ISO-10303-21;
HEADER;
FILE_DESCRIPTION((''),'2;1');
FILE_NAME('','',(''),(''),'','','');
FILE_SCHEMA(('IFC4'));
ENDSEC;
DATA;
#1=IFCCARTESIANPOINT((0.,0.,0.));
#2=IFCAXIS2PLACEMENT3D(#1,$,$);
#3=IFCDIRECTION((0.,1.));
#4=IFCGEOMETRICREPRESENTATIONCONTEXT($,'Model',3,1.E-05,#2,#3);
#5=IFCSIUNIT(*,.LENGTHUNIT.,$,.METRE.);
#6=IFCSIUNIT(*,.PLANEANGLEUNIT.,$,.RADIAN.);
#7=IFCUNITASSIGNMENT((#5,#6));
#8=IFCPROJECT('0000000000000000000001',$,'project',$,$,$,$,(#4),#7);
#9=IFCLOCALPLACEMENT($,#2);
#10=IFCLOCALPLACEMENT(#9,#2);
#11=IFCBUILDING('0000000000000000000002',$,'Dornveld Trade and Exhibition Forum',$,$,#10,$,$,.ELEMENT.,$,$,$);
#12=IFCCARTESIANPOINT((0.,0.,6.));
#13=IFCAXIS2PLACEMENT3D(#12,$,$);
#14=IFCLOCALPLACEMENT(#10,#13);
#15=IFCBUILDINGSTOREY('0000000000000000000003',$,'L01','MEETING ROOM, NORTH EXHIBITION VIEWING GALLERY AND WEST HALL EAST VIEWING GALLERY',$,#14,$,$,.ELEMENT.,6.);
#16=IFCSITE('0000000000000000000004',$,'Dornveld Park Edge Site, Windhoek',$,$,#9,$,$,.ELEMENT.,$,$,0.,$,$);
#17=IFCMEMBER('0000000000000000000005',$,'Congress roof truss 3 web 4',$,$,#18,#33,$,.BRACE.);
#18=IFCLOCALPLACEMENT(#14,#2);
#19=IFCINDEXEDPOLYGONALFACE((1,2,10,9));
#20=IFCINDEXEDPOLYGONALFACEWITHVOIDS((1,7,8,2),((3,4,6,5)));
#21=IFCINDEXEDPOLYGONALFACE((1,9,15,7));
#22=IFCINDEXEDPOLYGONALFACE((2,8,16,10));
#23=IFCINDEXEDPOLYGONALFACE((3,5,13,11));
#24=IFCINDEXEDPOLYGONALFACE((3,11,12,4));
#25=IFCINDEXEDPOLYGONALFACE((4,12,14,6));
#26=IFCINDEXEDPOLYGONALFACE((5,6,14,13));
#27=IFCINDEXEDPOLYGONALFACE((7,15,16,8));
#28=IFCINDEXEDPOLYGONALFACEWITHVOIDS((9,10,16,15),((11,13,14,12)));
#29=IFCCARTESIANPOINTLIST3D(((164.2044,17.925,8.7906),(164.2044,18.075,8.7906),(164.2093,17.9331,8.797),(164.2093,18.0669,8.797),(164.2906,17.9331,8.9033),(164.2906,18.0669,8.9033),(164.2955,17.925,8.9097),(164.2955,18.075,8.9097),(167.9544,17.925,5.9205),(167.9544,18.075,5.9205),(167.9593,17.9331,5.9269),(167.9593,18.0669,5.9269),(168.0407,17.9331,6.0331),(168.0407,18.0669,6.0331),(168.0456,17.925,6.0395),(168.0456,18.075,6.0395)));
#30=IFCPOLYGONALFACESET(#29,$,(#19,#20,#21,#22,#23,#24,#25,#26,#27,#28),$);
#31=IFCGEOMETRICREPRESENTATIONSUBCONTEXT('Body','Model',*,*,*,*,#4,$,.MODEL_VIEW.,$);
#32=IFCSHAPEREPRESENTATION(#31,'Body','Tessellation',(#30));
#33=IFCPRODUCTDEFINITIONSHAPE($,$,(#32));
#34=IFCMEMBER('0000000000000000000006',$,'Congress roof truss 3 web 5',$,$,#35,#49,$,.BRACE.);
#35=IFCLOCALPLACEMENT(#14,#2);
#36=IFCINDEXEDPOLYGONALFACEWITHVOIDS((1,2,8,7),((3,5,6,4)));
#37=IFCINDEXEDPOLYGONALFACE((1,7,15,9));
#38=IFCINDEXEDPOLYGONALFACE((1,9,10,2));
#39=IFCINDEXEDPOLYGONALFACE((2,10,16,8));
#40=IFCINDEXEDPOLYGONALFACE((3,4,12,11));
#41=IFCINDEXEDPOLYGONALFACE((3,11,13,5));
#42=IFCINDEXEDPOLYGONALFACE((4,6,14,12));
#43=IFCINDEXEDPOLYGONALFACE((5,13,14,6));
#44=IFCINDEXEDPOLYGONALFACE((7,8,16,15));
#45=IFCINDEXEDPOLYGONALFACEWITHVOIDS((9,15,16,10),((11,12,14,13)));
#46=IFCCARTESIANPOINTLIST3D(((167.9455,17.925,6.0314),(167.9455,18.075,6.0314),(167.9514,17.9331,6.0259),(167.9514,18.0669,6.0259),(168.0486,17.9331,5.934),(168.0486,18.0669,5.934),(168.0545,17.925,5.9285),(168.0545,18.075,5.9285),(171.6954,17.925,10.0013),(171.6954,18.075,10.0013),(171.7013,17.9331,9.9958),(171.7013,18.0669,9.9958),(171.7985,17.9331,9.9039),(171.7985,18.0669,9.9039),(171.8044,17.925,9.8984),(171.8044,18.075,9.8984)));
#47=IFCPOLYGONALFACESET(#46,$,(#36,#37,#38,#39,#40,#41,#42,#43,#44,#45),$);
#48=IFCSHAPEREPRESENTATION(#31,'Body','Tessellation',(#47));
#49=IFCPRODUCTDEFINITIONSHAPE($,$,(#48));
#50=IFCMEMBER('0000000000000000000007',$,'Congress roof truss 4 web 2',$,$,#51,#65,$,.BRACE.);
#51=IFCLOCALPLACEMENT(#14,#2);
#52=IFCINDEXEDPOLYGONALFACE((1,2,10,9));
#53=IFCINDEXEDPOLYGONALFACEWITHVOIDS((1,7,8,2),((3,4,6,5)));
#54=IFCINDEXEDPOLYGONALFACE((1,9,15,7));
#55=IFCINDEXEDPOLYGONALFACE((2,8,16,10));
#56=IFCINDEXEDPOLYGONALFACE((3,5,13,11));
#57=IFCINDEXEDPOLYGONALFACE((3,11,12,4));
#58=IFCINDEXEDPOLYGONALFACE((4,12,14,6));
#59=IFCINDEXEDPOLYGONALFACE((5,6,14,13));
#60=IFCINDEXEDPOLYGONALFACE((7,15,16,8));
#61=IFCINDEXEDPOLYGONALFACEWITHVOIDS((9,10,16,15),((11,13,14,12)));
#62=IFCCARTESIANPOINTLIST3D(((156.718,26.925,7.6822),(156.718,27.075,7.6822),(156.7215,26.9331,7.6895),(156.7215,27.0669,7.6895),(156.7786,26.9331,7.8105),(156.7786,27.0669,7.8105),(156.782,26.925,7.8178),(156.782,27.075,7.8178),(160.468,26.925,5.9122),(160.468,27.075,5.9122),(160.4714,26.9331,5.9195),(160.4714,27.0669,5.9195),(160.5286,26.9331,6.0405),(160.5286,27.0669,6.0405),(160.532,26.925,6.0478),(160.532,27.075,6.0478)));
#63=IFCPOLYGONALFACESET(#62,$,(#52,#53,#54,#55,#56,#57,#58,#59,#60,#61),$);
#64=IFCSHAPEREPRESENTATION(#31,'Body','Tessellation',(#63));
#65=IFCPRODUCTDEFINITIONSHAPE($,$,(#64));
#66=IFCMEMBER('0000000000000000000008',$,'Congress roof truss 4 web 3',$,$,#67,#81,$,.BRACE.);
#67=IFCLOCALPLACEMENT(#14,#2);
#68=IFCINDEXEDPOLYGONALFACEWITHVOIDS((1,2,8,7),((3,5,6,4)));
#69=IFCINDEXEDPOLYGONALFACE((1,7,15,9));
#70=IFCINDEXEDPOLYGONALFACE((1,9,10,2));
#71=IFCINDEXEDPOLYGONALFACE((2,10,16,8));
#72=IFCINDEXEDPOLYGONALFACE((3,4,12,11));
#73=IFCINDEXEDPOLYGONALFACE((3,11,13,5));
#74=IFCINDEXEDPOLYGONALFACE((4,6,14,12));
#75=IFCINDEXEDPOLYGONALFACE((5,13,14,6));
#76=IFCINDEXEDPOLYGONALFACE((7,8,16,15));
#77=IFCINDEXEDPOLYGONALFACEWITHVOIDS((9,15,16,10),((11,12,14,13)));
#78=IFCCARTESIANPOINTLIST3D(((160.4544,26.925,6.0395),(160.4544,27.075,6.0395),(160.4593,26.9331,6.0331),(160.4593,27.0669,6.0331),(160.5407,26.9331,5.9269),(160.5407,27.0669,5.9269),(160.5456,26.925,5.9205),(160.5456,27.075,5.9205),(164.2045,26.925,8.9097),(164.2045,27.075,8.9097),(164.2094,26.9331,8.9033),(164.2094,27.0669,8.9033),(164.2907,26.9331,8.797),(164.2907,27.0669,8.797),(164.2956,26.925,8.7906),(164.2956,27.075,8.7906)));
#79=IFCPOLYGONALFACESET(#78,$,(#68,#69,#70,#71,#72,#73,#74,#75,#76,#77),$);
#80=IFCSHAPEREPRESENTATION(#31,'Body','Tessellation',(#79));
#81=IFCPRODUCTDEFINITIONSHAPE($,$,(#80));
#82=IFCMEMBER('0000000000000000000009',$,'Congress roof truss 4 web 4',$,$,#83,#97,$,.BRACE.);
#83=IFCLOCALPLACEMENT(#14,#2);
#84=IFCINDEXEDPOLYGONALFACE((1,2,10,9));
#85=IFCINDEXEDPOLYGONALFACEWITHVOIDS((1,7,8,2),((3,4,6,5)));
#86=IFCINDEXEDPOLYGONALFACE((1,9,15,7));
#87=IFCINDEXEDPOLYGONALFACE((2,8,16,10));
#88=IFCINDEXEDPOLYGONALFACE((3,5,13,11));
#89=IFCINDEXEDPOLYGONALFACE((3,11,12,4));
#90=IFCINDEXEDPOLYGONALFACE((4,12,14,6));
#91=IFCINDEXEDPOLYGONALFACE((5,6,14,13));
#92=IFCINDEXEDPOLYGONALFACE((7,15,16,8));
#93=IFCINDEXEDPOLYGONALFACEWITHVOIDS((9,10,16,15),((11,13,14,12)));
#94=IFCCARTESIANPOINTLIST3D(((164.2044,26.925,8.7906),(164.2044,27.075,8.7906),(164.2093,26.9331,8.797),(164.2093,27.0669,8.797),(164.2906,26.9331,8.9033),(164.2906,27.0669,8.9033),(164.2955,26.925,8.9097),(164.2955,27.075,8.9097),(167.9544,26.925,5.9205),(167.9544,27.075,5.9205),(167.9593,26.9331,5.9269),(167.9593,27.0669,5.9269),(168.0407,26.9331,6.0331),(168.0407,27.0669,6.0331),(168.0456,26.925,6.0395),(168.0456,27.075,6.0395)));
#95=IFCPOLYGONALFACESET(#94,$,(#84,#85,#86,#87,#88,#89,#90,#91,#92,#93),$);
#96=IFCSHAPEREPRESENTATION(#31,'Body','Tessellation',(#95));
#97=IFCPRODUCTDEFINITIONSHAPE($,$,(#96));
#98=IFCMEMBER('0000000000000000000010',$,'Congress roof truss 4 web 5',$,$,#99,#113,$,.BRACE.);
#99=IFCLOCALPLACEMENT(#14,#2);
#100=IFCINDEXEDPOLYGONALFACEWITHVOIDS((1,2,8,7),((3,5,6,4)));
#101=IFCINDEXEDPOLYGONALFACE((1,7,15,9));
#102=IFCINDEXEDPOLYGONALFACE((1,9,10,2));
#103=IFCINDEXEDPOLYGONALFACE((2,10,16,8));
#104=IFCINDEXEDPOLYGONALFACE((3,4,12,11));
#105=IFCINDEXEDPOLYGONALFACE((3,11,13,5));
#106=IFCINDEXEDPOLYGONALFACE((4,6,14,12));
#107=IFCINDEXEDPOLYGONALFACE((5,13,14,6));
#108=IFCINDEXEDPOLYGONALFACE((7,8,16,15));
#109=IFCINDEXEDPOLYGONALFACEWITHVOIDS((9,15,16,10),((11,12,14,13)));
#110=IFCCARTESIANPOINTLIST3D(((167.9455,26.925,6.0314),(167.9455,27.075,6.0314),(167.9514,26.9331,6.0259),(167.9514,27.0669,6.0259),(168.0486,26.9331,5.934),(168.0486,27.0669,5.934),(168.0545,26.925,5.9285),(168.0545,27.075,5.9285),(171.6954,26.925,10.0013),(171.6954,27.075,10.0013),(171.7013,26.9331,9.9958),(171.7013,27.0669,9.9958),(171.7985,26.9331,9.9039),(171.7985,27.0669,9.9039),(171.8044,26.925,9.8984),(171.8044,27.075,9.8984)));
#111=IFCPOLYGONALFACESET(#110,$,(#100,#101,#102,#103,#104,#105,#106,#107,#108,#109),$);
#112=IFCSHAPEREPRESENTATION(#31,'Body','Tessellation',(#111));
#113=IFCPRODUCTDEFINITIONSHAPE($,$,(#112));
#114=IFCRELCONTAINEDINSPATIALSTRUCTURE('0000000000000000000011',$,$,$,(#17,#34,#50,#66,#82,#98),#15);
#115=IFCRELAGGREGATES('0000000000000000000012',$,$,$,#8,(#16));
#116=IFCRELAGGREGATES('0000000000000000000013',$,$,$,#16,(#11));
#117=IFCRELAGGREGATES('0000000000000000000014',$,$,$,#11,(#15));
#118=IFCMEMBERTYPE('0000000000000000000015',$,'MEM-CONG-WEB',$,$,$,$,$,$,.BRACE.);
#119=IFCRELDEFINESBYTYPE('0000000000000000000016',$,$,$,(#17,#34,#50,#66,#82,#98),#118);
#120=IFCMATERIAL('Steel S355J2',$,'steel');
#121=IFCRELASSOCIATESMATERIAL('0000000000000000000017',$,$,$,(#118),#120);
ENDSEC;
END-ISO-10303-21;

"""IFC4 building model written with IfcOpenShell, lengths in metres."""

from ifc_helpers import new_model, si_unit, direction, frame, origin, origin_2d, place, context, subcontext, project, spatial, hollow_rectangle, extrude, material, material_profile, profile_set, type_object, element, save


model = new_model("IFC4")

# Units and contexts
model_context = context("Model", 3, precision=1e-05, world=origin(), true_north=direction((0.0, 1.0)))
body_context = subcontext(model_context, "Body", "Model", "MODEL_VIEW")
ifc_project = project(units=[si_unit("LENGTHUNIT", "METRE"), si_unit("PLANEANGLEUNIT", "RADIAN")], contexts=[model_context])

# Site, building, storey
site_placement = place(None, origin())
site = spatial("IfcSite", under=ifc_project, at=site_placement, Name="Dornveld Park Edge Site, Windhoek", CompositionType="ELEMENT", RefElevation=0.0)
building_placement = place(site_placement, origin())
building = spatial("IfcBuilding", under=site, at=building_placement, Name="Dornveld Trade and Exhibition Forum", CompositionType="ELEMENT")
storey_placement = place(building_placement, frame((0.0, 0.0, 6.0)))
storey = spatial("IfcBuildingStorey", under=building, at=storey_placement, Name="L01", Description="MEETING ROOM, NORTH EXHIBITION VIEWING GALLERY AND WEST HALL EAST VIEWING GALLERY", CompositionType="ELEMENT", Elevation=6.0)

# Members
ifc_material_1 = material(Name="Steel S355J2", Category="steel")
ifc_material_profile_1 = material_profile(ifc_material_1, hollow_rectangle(XDim=0.1499, YDim=0.1499, WallThickness=0.0081, at=origin_2d()), Name="SHS 150x150x8")
ifc_profile_set_1 = profile_set([ifc_material_profile_1], Name="Steel S355J2")
member_type_1 = type_object("IfcMemberType", Name="MEM-CONG-WEB", PredefinedType="BRACE", material=ifc_profile_set_1)
for number, where, z_axis, x_axis, name in (
    (1, (168.0, 18.0, 5.98), (-0.794105, 0.0, 0.60778), (0.0, -1.0, 0.0), "Congress roof truss 3 web 4"),
):
    element("IfcMember", number, at=place(storey_placement, frame(where, z_axis=z_axis, x_axis=x_axis)), inside=storey, type_object=member_type_1, Name=name, PredefinedType="BRACE", context=body_context, shape_type="SweptSolid", body=[
        extrude(hollow_rectangle(XDim=0.1499, YDim=0.1499, WallThickness=0.0081, at=origin_2d()), origin(), (0.0, 0.0, 1.0), 4.7224),
    ])
member_1_placement = place(storey_placement, frame((168.0, 18.0, 5.98), z_axis=(0.68668, 0.0, 0.72696), x_axis=(0.0, 1.0, 0.0)))
element("IfcMember", 2, at=member_1_placement, inside=storey, type_object=member_type_1, Name="Congress roof truss 3 web 5", PredefinedType="BRACE", context=body_context, shape_type="SweptSolid", body=[
    extrude(hollow_rectangle(XDim=0.1499, YDim=0.1499, WallThickness=0.0081, at=origin_2d()), origin(), (0.0, 0.0, 1.0), 5.4609),
])
member_2_placement = place(storey_placement, frame((160.5, 27.0, 5.98), z_axis=(-0.904324, 0.0, 0.426846), x_axis=(0.0, -1.0, 0.0)))
element("IfcMember", 3, at=member_2_placement, inside=storey, type_object=member_type_1, Name="Congress roof truss 4 web 2", PredefinedType="BRACE", context=body_context, shape_type="SweptSolid", body=[
    extrude(hollow_rectangle(XDim=0.1499, YDim=0.1499, WallThickness=0.0081, at=origin_2d()), origin(), (0.0, 0.0, 1.0), 4.1467),
])
for number, where, z_axis, x_axis, name in (
    (4, (160.5, 27.0, 5.98), (0.794105, 0.0, 0.60778), (0.0, 1.0, 0.0), "Congress roof truss 4 web 3"),
    (5, (168.0, 27.0, 5.98), (-0.794105, 0.0, 0.60778), (0.0, -1.0, 0.0), "Congress roof truss 4 web 4"),
):
    element("IfcMember", number, at=place(storey_placement, frame(where, z_axis=z_axis, x_axis=x_axis)), inside=storey, type_object=member_type_1, Name=name, PredefinedType="BRACE", context=body_context, shape_type="SweptSolid", body=[
        extrude(hollow_rectangle(XDim=0.1499, YDim=0.1499, WallThickness=0.0081, at=origin_2d()), origin(), (0.0, 0.0, 1.0), 4.7224),
    ])
member_3_placement = place(storey_placement, frame((168.0, 27.0, 5.98), z_axis=(0.68668, 0.0, 0.72696), x_axis=(0.0, 1.0, 0.0)))
element("IfcMember", 6, at=member_3_placement, inside=storey, type_object=member_type_1, Name="Congress roof truss 4 web 5", PredefinedType="BRACE", context=body_context, shape_type="SweptSolid", body=[
    extrude(hollow_rectangle(XDim=0.1499, YDim=0.1499, WallThickness=0.0081, at=origin_2d()), origin(), (0.0, 0.0, 1.0), 5.4609),
])

save(model, "model.ifc")
